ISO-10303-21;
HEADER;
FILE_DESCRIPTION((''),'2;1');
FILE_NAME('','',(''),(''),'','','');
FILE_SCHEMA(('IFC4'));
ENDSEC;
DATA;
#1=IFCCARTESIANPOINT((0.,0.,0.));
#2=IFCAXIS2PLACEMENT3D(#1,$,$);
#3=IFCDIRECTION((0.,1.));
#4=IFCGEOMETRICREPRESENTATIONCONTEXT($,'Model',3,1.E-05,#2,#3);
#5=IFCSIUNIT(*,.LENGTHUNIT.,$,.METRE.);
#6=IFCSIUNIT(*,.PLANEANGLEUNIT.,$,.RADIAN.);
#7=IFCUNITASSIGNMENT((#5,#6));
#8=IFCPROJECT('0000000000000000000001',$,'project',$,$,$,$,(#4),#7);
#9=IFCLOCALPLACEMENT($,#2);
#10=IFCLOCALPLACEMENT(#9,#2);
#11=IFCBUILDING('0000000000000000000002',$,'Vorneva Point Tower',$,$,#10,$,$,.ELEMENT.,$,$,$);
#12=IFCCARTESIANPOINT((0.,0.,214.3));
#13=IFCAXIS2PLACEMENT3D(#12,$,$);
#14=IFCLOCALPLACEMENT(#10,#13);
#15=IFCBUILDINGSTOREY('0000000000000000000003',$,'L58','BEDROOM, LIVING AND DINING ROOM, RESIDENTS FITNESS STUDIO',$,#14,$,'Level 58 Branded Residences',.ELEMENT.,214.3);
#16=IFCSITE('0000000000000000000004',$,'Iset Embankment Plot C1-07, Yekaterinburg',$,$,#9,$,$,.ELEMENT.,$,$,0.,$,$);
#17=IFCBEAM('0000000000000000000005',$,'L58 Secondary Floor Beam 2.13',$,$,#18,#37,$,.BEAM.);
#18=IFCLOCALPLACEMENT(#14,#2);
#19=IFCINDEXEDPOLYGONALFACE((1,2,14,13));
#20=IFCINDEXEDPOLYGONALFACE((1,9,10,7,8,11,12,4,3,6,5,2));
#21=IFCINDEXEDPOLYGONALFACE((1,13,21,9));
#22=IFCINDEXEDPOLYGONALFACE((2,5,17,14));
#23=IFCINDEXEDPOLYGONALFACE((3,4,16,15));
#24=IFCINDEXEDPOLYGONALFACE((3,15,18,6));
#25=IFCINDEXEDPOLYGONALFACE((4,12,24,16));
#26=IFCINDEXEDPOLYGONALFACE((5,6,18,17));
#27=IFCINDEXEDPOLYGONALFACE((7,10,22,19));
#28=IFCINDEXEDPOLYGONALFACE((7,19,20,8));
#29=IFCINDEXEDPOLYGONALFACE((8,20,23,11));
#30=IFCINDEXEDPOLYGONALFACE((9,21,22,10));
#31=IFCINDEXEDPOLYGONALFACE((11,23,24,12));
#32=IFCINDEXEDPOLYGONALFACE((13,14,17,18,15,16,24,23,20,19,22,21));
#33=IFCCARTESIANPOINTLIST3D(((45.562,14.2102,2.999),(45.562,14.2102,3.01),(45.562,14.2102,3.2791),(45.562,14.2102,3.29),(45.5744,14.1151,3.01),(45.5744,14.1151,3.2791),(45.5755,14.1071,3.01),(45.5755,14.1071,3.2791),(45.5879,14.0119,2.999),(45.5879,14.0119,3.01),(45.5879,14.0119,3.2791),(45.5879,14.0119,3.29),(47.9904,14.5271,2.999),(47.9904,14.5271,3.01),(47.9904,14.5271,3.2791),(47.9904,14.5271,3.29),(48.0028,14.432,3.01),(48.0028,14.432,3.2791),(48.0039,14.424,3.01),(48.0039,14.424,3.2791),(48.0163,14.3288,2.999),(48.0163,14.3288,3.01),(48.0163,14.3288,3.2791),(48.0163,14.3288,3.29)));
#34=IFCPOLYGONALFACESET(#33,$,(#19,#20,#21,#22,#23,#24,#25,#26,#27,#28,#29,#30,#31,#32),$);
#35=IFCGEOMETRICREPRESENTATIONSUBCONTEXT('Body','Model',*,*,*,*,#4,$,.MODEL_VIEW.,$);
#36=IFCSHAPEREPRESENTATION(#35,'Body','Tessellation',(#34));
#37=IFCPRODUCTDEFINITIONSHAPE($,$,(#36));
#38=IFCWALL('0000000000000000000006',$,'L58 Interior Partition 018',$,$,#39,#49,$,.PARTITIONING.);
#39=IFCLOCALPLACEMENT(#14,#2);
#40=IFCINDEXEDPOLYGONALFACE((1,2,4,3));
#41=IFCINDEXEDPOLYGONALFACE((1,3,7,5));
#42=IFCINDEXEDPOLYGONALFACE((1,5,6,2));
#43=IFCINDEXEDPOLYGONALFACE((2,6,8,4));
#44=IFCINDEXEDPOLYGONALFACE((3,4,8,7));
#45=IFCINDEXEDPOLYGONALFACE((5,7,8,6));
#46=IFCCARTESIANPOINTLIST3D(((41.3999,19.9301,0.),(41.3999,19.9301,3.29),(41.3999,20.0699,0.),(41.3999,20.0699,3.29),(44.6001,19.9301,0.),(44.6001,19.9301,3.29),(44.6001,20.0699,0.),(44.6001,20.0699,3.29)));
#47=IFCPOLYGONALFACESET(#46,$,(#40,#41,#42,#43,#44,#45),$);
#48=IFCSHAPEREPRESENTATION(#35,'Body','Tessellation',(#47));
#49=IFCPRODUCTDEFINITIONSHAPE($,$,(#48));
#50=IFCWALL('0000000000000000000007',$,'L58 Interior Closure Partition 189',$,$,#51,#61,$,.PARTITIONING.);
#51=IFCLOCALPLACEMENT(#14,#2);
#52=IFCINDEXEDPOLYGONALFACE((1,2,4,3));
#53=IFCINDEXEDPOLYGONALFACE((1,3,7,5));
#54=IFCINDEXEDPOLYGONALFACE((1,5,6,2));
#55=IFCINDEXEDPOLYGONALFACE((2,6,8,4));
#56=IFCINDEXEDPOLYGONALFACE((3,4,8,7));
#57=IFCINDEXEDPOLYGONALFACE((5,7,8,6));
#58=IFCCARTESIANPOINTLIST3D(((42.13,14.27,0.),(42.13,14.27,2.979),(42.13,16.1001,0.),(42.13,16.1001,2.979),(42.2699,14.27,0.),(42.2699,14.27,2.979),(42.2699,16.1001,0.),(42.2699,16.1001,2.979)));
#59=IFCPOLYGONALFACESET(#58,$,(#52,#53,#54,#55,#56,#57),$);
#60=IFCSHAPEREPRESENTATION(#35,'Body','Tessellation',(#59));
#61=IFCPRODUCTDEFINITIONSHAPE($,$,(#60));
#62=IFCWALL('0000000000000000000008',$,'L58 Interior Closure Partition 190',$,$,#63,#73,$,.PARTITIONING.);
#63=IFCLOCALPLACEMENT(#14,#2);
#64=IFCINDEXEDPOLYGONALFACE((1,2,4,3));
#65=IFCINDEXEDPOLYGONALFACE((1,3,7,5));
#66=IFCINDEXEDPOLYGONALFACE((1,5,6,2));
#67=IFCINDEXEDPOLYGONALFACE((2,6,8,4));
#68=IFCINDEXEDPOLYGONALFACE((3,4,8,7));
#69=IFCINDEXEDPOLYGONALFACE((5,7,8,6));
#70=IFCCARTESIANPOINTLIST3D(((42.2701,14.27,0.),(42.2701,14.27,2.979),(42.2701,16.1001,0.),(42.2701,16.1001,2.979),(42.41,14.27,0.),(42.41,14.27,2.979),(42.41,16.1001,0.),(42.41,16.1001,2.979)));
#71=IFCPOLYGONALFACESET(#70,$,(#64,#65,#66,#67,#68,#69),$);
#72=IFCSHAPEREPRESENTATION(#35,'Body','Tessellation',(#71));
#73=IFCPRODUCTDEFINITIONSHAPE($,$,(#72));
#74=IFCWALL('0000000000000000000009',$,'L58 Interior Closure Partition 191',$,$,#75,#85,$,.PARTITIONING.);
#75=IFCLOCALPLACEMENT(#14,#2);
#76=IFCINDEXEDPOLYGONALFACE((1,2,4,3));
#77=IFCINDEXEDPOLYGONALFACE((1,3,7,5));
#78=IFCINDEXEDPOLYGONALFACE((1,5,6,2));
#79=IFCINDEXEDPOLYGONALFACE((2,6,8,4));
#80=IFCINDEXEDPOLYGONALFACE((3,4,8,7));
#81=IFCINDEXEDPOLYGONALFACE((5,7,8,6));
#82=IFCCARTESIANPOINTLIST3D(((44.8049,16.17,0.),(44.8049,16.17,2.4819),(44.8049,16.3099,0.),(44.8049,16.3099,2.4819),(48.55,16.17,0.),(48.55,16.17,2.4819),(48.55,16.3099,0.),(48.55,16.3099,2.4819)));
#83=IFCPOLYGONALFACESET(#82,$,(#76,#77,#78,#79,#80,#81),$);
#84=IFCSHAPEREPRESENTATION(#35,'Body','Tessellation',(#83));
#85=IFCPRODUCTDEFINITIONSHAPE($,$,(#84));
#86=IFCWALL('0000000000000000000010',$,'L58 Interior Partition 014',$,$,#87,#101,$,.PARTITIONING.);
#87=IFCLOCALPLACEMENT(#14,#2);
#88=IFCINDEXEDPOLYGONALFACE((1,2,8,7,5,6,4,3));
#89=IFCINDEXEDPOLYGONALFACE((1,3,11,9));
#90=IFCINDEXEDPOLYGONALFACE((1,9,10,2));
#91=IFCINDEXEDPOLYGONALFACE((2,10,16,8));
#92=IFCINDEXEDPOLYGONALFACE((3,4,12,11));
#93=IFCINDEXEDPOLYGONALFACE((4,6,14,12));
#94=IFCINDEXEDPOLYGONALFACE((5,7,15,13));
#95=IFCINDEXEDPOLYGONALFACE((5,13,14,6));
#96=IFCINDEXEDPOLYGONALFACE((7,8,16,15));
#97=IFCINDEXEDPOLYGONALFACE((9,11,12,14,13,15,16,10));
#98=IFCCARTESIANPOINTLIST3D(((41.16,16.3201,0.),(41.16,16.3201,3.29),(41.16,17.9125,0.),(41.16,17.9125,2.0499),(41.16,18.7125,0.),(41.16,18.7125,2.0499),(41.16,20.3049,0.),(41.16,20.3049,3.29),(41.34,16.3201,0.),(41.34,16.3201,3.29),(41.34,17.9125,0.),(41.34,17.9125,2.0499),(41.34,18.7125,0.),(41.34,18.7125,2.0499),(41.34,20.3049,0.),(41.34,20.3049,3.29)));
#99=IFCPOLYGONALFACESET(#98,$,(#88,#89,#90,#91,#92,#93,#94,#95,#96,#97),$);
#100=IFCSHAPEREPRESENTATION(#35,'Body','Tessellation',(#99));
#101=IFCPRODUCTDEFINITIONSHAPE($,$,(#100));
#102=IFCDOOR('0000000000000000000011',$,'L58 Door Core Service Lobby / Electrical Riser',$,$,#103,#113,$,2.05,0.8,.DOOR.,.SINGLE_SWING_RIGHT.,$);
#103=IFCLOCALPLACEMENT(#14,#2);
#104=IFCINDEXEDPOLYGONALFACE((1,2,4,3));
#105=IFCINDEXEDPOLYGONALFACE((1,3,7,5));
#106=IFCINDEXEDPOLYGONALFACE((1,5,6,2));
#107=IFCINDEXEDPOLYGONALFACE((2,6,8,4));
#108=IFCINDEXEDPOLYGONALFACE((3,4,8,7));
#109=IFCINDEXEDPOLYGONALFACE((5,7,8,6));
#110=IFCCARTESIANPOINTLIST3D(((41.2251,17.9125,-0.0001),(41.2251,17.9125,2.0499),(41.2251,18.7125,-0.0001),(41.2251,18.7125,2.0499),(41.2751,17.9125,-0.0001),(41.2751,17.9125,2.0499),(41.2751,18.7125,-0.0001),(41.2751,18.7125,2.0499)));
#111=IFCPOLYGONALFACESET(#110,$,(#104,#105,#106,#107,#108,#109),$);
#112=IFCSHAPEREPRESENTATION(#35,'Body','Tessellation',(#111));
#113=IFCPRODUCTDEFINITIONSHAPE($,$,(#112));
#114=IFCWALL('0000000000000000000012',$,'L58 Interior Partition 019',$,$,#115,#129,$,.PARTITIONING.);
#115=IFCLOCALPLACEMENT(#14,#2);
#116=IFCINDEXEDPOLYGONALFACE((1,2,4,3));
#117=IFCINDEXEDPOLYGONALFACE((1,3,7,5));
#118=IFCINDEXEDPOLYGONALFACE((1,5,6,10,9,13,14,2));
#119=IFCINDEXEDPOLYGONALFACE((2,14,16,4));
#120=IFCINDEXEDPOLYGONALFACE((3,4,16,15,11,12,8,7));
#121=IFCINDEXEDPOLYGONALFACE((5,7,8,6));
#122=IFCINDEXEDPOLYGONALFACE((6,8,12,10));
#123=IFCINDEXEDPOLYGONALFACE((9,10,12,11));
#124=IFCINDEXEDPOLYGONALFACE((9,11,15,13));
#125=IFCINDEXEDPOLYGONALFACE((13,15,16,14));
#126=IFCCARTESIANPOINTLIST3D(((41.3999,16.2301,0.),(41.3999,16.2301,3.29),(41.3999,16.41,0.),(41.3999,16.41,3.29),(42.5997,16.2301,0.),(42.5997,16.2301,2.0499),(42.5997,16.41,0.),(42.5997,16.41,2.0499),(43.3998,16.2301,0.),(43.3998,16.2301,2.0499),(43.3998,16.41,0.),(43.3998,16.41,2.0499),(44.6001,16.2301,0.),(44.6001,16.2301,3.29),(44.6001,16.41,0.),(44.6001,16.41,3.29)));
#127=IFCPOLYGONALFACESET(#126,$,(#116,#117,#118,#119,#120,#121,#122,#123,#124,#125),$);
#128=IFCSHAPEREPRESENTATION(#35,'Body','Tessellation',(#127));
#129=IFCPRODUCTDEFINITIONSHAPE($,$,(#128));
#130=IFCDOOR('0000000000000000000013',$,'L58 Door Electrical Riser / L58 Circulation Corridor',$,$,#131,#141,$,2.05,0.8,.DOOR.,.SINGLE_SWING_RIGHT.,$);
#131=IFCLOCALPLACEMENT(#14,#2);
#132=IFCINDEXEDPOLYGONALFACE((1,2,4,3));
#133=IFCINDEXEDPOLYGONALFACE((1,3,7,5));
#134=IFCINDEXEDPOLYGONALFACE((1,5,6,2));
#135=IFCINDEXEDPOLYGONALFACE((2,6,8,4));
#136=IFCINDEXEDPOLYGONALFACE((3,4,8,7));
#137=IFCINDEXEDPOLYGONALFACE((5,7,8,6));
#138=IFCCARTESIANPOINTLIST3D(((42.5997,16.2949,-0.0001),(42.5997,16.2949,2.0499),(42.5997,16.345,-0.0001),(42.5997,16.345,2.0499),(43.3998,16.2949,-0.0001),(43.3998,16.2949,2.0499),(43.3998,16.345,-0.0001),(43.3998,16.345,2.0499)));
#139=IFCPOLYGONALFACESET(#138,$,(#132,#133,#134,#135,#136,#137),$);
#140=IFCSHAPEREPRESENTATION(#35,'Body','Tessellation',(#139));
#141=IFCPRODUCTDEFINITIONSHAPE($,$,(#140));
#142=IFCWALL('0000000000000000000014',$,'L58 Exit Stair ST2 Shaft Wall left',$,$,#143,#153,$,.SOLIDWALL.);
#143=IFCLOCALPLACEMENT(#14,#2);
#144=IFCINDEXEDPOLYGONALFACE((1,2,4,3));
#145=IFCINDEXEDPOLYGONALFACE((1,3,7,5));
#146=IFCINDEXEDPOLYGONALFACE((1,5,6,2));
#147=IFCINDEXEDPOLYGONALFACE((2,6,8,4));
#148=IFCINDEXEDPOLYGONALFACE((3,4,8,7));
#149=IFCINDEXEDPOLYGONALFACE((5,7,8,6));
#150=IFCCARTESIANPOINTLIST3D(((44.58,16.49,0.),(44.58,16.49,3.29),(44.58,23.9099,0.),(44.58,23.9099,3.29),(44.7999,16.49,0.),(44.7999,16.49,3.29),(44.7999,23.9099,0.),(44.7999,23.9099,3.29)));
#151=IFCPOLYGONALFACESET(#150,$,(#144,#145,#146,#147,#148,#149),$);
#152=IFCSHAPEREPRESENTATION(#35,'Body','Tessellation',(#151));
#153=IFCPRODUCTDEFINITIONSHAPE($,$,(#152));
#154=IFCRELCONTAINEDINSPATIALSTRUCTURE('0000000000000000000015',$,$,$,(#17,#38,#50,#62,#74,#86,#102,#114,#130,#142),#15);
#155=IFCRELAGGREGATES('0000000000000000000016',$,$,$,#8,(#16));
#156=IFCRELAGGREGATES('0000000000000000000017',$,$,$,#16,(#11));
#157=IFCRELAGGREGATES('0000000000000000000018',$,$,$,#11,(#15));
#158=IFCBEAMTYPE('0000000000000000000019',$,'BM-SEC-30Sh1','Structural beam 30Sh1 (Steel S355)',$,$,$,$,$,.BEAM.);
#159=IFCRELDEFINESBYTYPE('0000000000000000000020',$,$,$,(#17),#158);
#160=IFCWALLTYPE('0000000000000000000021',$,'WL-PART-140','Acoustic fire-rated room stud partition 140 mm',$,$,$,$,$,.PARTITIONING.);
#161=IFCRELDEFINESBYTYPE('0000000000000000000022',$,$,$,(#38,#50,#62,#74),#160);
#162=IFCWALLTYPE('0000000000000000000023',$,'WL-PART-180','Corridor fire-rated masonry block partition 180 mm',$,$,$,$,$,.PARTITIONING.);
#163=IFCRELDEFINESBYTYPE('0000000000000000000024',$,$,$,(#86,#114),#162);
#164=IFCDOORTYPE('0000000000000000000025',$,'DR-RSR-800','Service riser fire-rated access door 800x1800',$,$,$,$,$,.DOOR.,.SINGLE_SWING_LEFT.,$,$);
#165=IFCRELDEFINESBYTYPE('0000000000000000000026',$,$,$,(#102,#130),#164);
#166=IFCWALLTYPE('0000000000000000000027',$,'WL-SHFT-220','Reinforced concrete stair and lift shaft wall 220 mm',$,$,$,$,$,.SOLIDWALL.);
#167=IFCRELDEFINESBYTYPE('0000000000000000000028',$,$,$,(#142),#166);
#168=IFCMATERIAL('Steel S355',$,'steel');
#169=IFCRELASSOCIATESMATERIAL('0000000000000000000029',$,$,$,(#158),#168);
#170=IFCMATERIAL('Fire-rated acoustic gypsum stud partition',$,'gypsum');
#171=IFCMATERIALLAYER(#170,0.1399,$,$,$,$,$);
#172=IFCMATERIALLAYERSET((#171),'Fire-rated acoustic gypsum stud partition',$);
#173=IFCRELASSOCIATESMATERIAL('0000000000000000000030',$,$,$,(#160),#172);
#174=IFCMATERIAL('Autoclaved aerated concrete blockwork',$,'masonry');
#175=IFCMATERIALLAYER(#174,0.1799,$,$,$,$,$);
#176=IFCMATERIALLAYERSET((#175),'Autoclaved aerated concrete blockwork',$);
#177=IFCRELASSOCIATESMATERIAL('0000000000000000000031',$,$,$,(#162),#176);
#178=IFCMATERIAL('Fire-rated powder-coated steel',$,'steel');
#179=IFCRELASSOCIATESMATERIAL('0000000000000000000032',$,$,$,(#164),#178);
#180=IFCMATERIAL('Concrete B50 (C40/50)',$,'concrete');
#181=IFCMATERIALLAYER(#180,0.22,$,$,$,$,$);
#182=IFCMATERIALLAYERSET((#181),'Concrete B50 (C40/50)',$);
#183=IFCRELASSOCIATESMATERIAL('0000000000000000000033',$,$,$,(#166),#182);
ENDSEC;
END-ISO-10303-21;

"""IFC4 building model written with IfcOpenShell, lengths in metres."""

from ifc_helpers import new_model, si_unit, direction, frame, frame_2d, origin, origin_2d, place, context, subcontext, project, spatial, rectangle, i_section, extrude, material, layer, layer_set, material_profile, profile_set, type_object, element, fill, save


model = new_model("IFC4")

# Units and contexts
model_context = context("Model", 3, precision=1e-05, world=origin(), true_north=direction((0.0, 1.0)))
body_context = subcontext(model_context, "Body", "Model", "MODEL_VIEW")
ifc_project = project(units=[si_unit("LENGTHUNIT", "METRE"), si_unit("PLANEANGLEUNIT", "RADIAN")], contexts=[model_context])

# Site, building, storey
site_placement = place(None, origin())
site = spatial("IfcSite", under=ifc_project, at=site_placement, Name="Iset Embankment Plot C1-07, Yekaterinburg", CompositionType="ELEMENT", RefElevation=0.0)
building_placement = place(site_placement, origin())
building = spatial("IfcBuilding", under=site, at=building_placement, Name="Vorneva Point Tower", CompositionType="ELEMENT")
storey_placement = place(building_placement, frame((0.0, 0.0, 214.3)))
storey = spatial("IfcBuildingStorey", under=building, at=storey_placement, Name="L58", Description="BEDROOM, LIVING AND DINING ROOM, RESIDENTS FITNESS STUDIO", LongName="Level 58 Branded Residences", CompositionType="ELEMENT", Elevation=214.3)

# Beam
ifc_material_1 = material(Name="Steel S355", Category="steel")
ifc_material_profile = material_profile(ifc_material_1, i_section(OverallWidth=0.2, OverallDepth=0.291, WebThickness=0.0081, FlangeThickness=0.011, at=origin_2d()), Name="30Sh1")
ifc_profile_set = profile_set([ifc_material_profile], Name="Steel S355")
beam_type = type_object("IfcBeamType", Name="BM-SEC-30Sh1", Description="Structural beam 30Sh1 (Steel S355)", PredefinedType="BEAM", material=ifc_profile_set)
beam_placement = place(storey_placement, frame((45.575, 14.1111, 3.1445), z_axis=(0.991593, 0.129395, 0.0), x_axis=(-0.129395, 0.991593, 0.0)))
element("IfcBeam", 1, at=beam_placement, inside=storey, type_object=beam_type, Name="L58 Secondary Floor Beam 2.13", PredefinedType="BEAM", context=body_context, shape_type="SweptSolid", body=[
    extrude(i_section(OverallWidth=0.2, OverallDepth=0.291, WebThickness=0.0081, FlangeThickness=0.011, at=origin_2d()), origin(), (0.0, 0.0, 1.0), 2.449),
])

# Walls
ifc_material_2 = material(Name="Fire-rated acoustic gypsum stud partition", Category="gypsum")
ifc_layer_1 = layer(ifc_material_2, 0.1399)
ifc_layer_set_1 = layer_set([ifc_layer_1], Name="Fire-rated acoustic gypsum stud partition")
wall_type_1 = type_object("IfcWallType", Name="WL-PART-140", Description="Acoustic fire-rated room stud partition 140 mm", PredefinedType="PARTITIONING", material=ifc_layer_set_1)
wall_1_placement = place(storey_placement, frame((44.6001, 20.0, 0.0), z_axis=(0.0, 0.0, 1.0), x_axis=(-1.0, 0.0, 0.0)))
element("IfcWall", 2, at=wall_1_placement, inside=storey, type_object=wall_type_1, Name="L58 Interior Partition 018", PredefinedType="PARTITIONING", context=body_context, shape_type="SweptSolid", body=[
    extrude(rectangle(XDim=3.2002, YDim=0.1399, at=frame_2d((1.6001, 0.0))), origin(), (0.0, 0.0, 1.0), 3.29),
])
for number, where, z_axis, x_axis, name in (
    (3, (42.2, 16.1001, 0.0), (0.0, 0.0, 1.0), (0.0, -1.0, 0.0), "L58 Interior Closure Partition 189"),
    (4, (42.3401, 14.27, 0.0), (0.0, 0.0, 1.0), (0.0, 1.0, 0.0), "L58 Interior Closure Partition 190"),
):
    element("IfcWall", number, at=place(storey_placement, frame(where, z_axis=z_axis, x_axis=x_axis)), inside=storey, type_object=wall_type_1, Name=name, PredefinedType="PARTITIONING", context=body_context, shape_type="SweptSolid", body=[
        extrude(rectangle(XDim=1.8301, YDim=0.1399, at=frame_2d((0.915, 0.0))), origin(), (0.0, 0.0, 1.0), 2.979),
    ])
wall_2_placement = place(storey_placement, frame((44.8049, 16.24, 0.0), z_axis=(0.0, 0.0, 1.0), x_axis=(1.0, 0.0, 0.0)))
element("IfcWall", 5, at=wall_2_placement, inside=storey, type_object=wall_type_1, Name="L58 Interior Closure Partition 191", PredefinedType="PARTITIONING", context=body_context, shape_type="SweptSolid", body=[
    extrude(rectangle(XDim=3.7451, YDim=0.1399, at=frame_2d((1.8726, 0.0))), origin(), (0.0, 0.0, 1.0), 2.4819),
])

# Walls, openings, doors
ifc_material_3 = material(Name="Autoclaved aerated concrete blockwork", Category="masonry")
ifc_layer_2 = layer(ifc_material_3, 0.1799)
ifc_layer_set_2 = layer_set([ifc_layer_2], Name="Autoclaved aerated concrete blockwork")
wall_type_2 = type_object("IfcWallType", Name="WL-PART-180", Description="Corridor fire-rated masonry block partition 180 mm", PredefinedType="PARTITIONING", material=ifc_layer_set_2)
wall_3_placement = place(storey_placement, frame((41.25, 16.3201, 0.0), z_axis=(0.0, 0.0, 1.0), x_axis=(0.0, 1.0, 0.0)))
wall_3 = element("IfcWall", 6, at=wall_3_placement, inside=storey, type_object=wall_type_2, Name="L58 Interior Partition 014", PredefinedType="PARTITIONING", context=body_context, shape_type="SweptSolid", body=[
    extrude(rectangle(XDim=3.9849, YDim=0.1799, at=frame_2d((1.9924, 0.0))), origin(), (0.0, 0.0, 1.0), 3.29),
])
opening_1_placement = place(wall_3_placement, frame((1.5925, 0.0, 0.0)))
opening_1 = element("IfcOpeningElement", 7, at=opening_1_placement, cuts=wall_3, PredefinedType="OPENING", context=body_context, shape_type="SweptSolid", body=[
    extrude(rectangle(XDim=0.8, YDim=2.05, at=frame_2d((0.3999, 1.0249))), frame((0.0, 0.105, 0.0), z_axis=(0.0, -1.0, 0.0), x_axis=(1.0, 0.0, 0.0)), (0.0, 0.0, 1.0), 0.2097),
])
ifc_material_4 = material(Name="Fire-rated powder-coated steel", Category="steel")
door_type_1 = type_object("IfcDoorType", Name="DR-RSR-800", Description="Service riser fire-rated access door 800x1800", OperationType="SINGLE_SWING_LEFT", PredefinedType="DOOR", material=ifc_material_4)
door_1_placement = place(opening_1_placement, origin())
door_1 = element("IfcDoor", 8, at=door_1_placement, inside=storey, type_object=door_type_1, Name="L58 Door Core Service Lobby / Electrical Riser", OperationType="SINGLE_SWING_RIGHT", OverallHeight=2.05, OverallWidth=0.8, PredefinedType="DOOR", context=body_context, shape_type="SweptSolid", body=[
    extrude(rectangle(XDim=0.8, YDim=2.05, at=frame_2d((0.3999, 1.0249))), frame((0.0, 0.0249, 0.0), z_axis=(0.0, -1.0, 0.0), x_axis=(1.0, 0.0, 0.0)), (0.0, 0.0, 1.0), 0.05),
])
fill(opening_1, door_1)
wall_4_placement = place(storey_placement, frame((41.3999, 16.3201, 0.0), z_axis=(0.0, 0.0, 1.0), x_axis=(1.0, 0.0, 0.0)))
wall_4 = element("IfcWall", 9, at=wall_4_placement, inside=storey, type_object=wall_type_2, Name="L58 Interior Partition 019", PredefinedType="PARTITIONING", context=body_context, shape_type="SweptSolid", body=[
    extrude(rectangle(XDim=3.2002, YDim=0.1799, at=frame_2d((1.6001, 0.0))), origin(), (0.0, 0.0, 1.0), 3.29),
])
opening_2_placement = place(wall_4_placement, frame((1.2, 0.0, 0.0)))
opening_2 = element("IfcOpeningElement", 10, at=opening_2_placement, cuts=wall_4, PredefinedType="OPENING", context=body_context, shape_type="SweptSolid", body=[
    extrude(rectangle(XDim=0.8, YDim=2.05, at=frame_2d((0.3999, 1.0249))), frame((0.0, 0.105, 0.0), z_axis=(0.0, -1.0, 0.0), x_axis=(1.0, 0.0, 0.0)), (0.0, 0.0, 1.0), 0.2097),
])
door_2_placement = place(opening_2_placement, origin())
door_2 = element("IfcDoor", 11, at=door_2_placement, inside=storey, type_object=door_type_1, Name="L58 Door Electrical Riser / L58 Circulation Corridor", OperationType="SINGLE_SWING_RIGHT", OverallHeight=2.05, OverallWidth=0.8, PredefinedType="DOOR", context=body_context, shape_type="SweptSolid", body=[
    extrude(rectangle(XDim=0.8, YDim=2.05, at=frame_2d((0.3999, 1.0249))), frame((0.0, 0.0249, 0.0), z_axis=(0.0, -1.0, 0.0), x_axis=(1.0, 0.0, 0.0)), (0.0, 0.0, 1.0), 0.05),
])
fill(opening_2, door_2)

# Wall
ifc_material_5 = material(Name="Concrete B50 (C40/50)", Category="concrete")
ifc_layer_3 = layer(ifc_material_5, 0.22)
ifc_layer_set_3 = layer_set([ifc_layer_3], Name="Concrete B50 (C40/50)")
wall_type_3 = type_object("IfcWallType", Name="WL-SHFT-220", Description="Reinforced concrete stair and lift shaft wall 220 mm", PredefinedType="SOLIDWALL", material=ifc_layer_set_3)
wall_5_placement = place(storey_placement, frame((44.6899, 16.49, 0.0), z_axis=(0.0, 0.0, 1.0), x_axis=(0.0, 1.0, 0.0)))
element("IfcWall", 12, at=wall_5_placement, inside=storey, type_object=wall_type_3, Name="L58 Exit Stair ST2 Shaft Wall left", PredefinedType="SOLIDWALL", context=body_context, shape_type="SweptSolid", body=[
    extrude(rectangle(XDim=7.4199, YDim=0.22, at=frame_2d((3.71, 0.0))), origin(), (0.0, 0.0, 1.0), 3.29),
])

save(model, "model.ifc")
